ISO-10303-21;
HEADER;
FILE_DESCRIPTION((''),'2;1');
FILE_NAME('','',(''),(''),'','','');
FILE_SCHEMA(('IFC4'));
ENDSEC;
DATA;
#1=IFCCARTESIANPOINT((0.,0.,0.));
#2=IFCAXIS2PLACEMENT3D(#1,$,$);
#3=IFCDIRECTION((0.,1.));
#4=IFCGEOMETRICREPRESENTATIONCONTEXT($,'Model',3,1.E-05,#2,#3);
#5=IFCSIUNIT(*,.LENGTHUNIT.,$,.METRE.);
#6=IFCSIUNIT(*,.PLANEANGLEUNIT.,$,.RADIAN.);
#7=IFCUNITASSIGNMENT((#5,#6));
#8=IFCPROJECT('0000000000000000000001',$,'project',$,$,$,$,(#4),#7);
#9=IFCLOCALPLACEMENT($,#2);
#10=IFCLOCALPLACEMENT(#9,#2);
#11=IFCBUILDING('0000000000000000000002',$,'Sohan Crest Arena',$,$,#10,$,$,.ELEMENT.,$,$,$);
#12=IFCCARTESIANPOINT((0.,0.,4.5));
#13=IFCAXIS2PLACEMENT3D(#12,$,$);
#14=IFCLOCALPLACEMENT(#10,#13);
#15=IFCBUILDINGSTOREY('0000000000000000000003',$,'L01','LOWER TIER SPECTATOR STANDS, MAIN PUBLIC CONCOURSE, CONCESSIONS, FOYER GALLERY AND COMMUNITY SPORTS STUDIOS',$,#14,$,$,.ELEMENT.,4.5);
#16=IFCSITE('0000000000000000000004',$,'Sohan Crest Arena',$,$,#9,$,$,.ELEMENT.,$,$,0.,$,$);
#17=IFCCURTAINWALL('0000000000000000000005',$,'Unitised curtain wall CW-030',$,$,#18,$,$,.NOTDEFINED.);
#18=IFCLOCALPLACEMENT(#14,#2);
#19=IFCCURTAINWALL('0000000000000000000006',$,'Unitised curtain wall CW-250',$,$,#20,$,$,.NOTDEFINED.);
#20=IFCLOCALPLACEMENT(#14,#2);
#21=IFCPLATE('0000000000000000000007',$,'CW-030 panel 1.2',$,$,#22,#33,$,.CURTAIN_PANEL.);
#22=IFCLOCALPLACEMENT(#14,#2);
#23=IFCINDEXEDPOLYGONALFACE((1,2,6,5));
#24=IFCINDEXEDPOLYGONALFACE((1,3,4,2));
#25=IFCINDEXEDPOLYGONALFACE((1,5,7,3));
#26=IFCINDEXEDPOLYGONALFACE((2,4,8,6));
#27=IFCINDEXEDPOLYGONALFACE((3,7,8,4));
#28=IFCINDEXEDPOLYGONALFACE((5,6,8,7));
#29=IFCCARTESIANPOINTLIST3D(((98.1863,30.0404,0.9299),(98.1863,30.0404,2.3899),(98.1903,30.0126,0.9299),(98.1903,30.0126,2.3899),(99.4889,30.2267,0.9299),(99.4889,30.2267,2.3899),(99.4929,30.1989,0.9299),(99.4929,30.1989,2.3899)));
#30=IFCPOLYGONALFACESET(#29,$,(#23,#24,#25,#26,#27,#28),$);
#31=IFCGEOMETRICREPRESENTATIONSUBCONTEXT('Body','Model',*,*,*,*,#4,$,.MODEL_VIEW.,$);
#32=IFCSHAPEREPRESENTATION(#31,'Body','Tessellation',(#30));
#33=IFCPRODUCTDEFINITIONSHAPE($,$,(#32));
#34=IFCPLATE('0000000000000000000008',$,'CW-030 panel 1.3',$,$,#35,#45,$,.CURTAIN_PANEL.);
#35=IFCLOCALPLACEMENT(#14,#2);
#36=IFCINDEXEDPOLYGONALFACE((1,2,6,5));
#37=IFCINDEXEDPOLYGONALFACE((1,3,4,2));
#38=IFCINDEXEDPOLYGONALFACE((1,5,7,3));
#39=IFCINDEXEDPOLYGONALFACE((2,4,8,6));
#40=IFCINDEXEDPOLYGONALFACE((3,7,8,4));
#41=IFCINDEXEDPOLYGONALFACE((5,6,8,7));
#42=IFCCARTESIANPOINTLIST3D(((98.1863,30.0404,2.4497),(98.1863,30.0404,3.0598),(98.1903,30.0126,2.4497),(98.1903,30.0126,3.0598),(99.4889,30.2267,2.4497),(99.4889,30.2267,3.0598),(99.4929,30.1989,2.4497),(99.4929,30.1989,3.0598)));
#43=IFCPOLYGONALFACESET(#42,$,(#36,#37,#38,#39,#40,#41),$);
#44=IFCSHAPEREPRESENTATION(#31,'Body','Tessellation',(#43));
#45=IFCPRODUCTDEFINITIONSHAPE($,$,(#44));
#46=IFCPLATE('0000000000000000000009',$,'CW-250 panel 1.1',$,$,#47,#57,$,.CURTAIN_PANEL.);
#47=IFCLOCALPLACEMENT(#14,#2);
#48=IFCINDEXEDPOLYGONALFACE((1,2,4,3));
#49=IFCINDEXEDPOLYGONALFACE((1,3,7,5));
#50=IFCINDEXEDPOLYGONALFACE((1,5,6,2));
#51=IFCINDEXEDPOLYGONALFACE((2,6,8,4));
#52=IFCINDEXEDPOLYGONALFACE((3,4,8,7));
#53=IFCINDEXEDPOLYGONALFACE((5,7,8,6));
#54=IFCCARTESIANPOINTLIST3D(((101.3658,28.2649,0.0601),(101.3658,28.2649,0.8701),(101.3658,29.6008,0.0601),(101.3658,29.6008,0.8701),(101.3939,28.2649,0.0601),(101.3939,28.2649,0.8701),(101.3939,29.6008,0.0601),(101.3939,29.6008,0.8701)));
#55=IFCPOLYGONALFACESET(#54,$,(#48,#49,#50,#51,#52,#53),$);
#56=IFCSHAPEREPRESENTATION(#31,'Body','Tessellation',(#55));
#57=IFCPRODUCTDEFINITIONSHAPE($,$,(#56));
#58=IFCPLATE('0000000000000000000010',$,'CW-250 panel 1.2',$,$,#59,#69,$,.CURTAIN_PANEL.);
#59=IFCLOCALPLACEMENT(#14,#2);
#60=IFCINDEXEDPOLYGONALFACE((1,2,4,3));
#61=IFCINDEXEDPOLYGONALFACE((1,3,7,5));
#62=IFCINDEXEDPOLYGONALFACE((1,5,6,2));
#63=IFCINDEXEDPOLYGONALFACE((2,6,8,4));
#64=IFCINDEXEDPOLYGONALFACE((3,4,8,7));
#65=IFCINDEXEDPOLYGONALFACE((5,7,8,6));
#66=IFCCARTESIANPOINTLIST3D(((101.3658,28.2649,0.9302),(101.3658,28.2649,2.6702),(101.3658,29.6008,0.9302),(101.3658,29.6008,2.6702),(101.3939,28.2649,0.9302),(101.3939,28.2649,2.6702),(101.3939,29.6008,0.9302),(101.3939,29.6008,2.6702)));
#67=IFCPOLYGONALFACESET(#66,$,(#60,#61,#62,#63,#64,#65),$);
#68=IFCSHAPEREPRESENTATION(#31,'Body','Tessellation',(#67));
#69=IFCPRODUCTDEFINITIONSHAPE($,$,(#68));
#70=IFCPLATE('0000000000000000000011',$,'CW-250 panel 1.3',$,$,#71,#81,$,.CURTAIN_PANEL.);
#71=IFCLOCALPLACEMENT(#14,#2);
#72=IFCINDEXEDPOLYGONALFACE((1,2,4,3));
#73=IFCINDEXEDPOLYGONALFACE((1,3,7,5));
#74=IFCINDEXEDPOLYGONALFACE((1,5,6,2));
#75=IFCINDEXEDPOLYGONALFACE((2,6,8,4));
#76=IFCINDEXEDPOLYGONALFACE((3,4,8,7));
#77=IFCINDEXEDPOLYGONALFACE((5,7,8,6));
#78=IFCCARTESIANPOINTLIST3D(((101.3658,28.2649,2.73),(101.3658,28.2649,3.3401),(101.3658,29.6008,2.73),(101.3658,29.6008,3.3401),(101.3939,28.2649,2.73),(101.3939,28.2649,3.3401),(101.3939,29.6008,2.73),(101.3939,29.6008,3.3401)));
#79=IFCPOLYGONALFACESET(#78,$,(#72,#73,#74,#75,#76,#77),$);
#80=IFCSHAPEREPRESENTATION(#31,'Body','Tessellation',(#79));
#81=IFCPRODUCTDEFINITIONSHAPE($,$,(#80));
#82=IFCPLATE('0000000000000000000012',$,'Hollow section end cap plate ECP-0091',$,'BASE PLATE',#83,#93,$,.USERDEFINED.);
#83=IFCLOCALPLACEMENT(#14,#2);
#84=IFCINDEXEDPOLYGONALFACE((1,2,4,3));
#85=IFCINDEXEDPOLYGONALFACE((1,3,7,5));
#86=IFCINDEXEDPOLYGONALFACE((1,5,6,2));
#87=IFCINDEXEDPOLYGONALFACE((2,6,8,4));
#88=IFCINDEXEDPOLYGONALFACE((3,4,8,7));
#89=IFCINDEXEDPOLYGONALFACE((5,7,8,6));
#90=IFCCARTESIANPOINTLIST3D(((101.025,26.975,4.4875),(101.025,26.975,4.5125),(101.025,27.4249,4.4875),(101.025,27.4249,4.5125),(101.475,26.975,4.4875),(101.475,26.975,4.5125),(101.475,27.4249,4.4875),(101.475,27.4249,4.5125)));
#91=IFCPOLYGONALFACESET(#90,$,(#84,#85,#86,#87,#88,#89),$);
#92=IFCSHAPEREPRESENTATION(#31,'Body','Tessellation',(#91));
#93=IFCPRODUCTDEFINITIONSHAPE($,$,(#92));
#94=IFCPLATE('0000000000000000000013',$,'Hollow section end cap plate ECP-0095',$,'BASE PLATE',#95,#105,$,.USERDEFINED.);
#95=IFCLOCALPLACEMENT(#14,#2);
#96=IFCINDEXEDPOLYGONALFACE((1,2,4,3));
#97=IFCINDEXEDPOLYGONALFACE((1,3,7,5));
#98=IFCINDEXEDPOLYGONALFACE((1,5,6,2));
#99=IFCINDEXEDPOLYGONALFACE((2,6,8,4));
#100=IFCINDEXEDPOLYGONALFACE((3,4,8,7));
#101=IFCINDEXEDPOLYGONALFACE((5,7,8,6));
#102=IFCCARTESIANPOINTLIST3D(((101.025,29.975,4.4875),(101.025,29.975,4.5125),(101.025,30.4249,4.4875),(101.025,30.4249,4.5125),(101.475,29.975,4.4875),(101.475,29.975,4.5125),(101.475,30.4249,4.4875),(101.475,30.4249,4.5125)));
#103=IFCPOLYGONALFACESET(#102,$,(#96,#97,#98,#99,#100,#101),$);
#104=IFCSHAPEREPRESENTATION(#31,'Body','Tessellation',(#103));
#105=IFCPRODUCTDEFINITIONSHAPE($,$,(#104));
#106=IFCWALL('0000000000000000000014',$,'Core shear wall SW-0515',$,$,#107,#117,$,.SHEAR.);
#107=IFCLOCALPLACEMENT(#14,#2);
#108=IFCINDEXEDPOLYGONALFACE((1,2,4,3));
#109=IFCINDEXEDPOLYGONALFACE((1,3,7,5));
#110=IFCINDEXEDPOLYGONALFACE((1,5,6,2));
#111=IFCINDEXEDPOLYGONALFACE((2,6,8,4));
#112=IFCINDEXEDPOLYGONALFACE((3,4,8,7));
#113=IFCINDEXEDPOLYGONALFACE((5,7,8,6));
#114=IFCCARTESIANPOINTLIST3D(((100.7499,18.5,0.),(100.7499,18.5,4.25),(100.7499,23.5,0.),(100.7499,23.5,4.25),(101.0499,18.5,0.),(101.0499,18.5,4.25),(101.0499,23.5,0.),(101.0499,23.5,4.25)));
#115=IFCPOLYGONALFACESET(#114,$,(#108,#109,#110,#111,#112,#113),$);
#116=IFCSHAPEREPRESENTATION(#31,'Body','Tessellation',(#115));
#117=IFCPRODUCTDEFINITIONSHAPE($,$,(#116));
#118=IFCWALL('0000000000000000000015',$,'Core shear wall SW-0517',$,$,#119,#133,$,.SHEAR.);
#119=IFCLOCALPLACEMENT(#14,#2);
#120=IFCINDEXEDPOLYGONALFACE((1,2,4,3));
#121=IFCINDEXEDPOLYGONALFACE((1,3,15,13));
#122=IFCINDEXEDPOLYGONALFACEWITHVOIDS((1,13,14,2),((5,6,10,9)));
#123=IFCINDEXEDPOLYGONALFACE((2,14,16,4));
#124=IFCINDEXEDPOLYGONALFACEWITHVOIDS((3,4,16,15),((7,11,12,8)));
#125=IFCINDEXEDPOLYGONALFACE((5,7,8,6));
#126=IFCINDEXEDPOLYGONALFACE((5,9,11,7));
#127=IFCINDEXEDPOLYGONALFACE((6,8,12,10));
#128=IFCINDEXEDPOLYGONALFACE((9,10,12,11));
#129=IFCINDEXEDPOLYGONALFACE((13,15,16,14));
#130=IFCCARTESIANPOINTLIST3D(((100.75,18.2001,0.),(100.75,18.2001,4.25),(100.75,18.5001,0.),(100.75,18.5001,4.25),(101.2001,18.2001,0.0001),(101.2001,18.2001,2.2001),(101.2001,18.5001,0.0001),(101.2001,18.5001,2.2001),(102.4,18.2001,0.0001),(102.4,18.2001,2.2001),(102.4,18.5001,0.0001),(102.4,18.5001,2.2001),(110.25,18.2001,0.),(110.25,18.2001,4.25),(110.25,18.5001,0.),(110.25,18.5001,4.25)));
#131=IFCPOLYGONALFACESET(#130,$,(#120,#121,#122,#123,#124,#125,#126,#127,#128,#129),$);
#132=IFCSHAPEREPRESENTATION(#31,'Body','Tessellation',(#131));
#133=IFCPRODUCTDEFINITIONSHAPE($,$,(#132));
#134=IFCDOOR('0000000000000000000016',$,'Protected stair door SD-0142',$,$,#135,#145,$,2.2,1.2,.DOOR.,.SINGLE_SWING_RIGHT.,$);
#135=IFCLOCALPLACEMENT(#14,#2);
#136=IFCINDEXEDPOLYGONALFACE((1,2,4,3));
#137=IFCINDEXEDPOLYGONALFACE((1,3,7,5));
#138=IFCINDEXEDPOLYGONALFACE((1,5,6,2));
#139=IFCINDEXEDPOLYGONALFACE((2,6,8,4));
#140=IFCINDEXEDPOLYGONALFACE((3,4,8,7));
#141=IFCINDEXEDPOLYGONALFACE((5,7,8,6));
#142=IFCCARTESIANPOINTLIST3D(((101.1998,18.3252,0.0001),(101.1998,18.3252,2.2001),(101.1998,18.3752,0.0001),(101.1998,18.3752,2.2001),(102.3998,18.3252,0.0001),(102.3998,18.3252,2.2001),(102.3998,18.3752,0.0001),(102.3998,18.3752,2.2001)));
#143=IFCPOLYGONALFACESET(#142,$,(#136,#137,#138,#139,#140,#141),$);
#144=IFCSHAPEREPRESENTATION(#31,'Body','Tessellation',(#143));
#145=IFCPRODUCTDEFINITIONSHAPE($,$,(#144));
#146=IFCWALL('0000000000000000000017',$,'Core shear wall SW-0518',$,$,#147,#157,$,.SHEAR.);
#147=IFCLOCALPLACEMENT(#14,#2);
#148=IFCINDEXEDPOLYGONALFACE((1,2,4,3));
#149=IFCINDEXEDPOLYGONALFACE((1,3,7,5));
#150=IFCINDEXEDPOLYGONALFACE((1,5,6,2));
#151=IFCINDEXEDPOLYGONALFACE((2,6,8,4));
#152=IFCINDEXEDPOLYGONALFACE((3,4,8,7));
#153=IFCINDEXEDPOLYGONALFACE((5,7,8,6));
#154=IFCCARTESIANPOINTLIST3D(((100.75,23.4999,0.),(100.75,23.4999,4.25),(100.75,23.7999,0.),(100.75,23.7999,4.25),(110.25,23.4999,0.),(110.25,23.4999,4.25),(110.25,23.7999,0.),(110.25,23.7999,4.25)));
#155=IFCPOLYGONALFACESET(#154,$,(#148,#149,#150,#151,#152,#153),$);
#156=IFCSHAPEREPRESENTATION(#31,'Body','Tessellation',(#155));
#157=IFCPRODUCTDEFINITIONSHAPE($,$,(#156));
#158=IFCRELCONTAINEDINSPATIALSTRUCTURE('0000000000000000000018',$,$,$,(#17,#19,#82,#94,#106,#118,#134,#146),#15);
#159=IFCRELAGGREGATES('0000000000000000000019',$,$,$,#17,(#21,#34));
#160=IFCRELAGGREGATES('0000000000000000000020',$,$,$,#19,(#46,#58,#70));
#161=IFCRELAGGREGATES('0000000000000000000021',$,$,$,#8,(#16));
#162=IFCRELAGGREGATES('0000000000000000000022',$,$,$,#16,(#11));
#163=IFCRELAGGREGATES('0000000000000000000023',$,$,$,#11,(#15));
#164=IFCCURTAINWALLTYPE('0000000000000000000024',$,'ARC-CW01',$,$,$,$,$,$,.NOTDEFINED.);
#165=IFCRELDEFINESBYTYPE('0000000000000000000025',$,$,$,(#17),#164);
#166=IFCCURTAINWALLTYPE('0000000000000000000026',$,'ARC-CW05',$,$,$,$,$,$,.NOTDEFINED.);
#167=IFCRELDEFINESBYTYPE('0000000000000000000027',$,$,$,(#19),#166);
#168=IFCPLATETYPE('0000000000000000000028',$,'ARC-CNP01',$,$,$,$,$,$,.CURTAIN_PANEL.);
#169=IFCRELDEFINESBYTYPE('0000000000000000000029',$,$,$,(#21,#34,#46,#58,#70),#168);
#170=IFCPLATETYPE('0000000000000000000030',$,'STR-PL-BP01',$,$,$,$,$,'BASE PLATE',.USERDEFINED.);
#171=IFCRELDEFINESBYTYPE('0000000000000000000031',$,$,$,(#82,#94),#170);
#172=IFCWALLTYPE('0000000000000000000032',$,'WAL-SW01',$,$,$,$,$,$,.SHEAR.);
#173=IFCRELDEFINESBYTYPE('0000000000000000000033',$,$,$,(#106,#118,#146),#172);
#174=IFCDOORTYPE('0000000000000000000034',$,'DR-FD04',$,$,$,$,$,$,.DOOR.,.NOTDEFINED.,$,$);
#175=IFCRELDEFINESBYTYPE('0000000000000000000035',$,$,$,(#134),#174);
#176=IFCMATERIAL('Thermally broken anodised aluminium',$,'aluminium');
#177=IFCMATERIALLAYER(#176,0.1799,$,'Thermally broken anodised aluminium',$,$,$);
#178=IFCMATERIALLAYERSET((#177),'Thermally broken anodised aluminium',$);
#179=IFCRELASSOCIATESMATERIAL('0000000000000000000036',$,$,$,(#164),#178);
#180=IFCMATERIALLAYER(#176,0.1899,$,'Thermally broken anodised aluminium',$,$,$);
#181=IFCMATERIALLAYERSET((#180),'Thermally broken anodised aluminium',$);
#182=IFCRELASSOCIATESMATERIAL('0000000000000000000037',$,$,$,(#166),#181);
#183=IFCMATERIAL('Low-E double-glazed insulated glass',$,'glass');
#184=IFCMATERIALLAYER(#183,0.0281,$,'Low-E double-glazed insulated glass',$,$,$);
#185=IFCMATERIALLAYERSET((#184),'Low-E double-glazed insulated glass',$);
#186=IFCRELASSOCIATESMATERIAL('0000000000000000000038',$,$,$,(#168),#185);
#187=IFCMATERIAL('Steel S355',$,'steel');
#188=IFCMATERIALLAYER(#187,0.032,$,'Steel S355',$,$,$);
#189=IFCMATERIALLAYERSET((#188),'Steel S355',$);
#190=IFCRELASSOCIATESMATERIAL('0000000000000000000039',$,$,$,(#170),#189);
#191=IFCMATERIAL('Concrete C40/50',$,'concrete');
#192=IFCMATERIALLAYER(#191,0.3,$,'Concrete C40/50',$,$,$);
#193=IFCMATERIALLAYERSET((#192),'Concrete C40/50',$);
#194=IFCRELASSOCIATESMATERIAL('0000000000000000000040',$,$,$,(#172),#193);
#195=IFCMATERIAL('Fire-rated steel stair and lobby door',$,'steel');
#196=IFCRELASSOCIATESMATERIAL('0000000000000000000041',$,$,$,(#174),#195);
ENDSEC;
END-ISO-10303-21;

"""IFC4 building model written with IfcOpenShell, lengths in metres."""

from ifc_helpers import new_model, si_unit, direction, frame, frame_2d, origin, origin_2d, place, context, subcontext, project, spatial, rectangle, extrude, material, layer, layer_set, type_object, element, fill, aggregate, save


model = new_model("IFC4")

# Units and contexts
model_context = context("Model", 3, precision=1e-05, world=origin(), true_north=direction((0.0, 1.0)))
body_context = subcontext(model_context, "Body", "Model", "MODEL_VIEW")
ifc_project = project(units=[si_unit("LENGTHUNIT", "METRE"), si_unit("PLANEANGLEUNIT", "RADIAN")], contexts=[model_context])

# Site, building, storey
site_placement = place(None, origin())
site = spatial("IfcSite", under=ifc_project, at=site_placement, Name="Sohan Crest Arena", CompositionType="ELEMENT", RefElevation=0.0)
building_placement = place(site_placement, origin())
building = spatial("IfcBuilding", under=site, at=building_placement, Name="Sohan Crest Arena", CompositionType="ELEMENT")
storey_placement = place(building_placement, frame((0.0, 0.0, 4.5)))
storey = spatial("IfcBuildingStorey", under=building, at=storey_placement, Name="L01", Description="LOWER TIER SPECTATOR STANDS, MAIN PUBLIC CONCOURSE, CONCESSIONS, FOYER GALLERY AND COMMUNITY SPORTS STUDIOS", CompositionType="ELEMENT", Elevation=4.5)

# Shared definitions
ifc_material_1 = material(Name="Steel S355", Category="steel")

# Curtain walls
ifc_material_2 = material(Name="Thermally broken anodised aluminium", Category="aluminium")
ifc_layer_1 = layer(ifc_material_2, 0.1799, Name="Thermally broken anodised aluminium")
ifc_layer_set_1 = layer_set([ifc_layer_1], Name="Thermally broken anodised aluminium")
curtain_wall_type_1 = type_object("IfcCurtainWallType", Name="ARC-CW01", PredefinedType="NOTDEFINED", material=ifc_layer_set_1)
curtain_wall_1_placement = place(storey_placement, origin())
curtain_wall_1 = element("IfcCurtainWall", 1, at=curtain_wall_1_placement, inside=storey, type_object=curtain_wall_type_1, Name="Unitised curtain wall CW-030", PredefinedType="NOTDEFINED")
ifc_layer_2 = layer(ifc_material_2, 0.1899, Name="Thermally broken anodised aluminium")
ifc_layer_set_2 = layer_set([ifc_layer_2], Name="Thermally broken anodised aluminium")
curtain_wall_type_2 = type_object("IfcCurtainWallType", Name="ARC-CW05", PredefinedType="NOTDEFINED", material=ifc_layer_set_2)
curtain_wall_2_placement = place(storey_placement, origin())
curtain_wall_2 = element("IfcCurtainWall", 2, at=curtain_wall_2_placement, inside=storey, type_object=curtain_wall_type_2, Name="Unitised curtain wall CW-250", PredefinedType="NOTDEFINED")

# Plates
ifc_material_3 = material(Name="Low-E double-glazed insulated glass", Category="glass")
ifc_layer_3 = layer(ifc_material_3, 0.0281, Name="Low-E double-glazed insulated glass")
ifc_layer_set_3 = layer_set([ifc_layer_3], Name="Low-E double-glazed insulated glass")
plate_type_1 = type_object("IfcPlateType", Name="ARC-CNP01", PredefinedType="CURTAIN_PANEL", material=ifc_layer_set_3)
plate_1_placement = place(storey_placement, frame((98.8396, 30.1196, 0.9299), z_axis=(0.0, 0.0, 1.0), x_axis=(0.989931, 0.141549, 0.0)))
plate_1 = element("IfcPlate", 3, at=plate_1_placement, type_object=plate_type_1, Name="CW-030 panel 1.2", PredefinedType="CURTAIN_PANEL", context=body_context, shape_type="SweptSolid", body=[
    extrude(rectangle(XDim=1.3159, YDim=0.0281, at=origin_2d()), origin(), (0.0, 0.0, 1.0), 1.46),
])
plate_2_placement = place(storey_placement, frame((98.8396, 30.1196, 2.4497), z_axis=(0.0, 0.0, 1.0), x_axis=(0.989931, 0.141549, 0.0)))
plate_2 = element("IfcPlate", 4, at=plate_2_placement, type_object=plate_type_1, Name="CW-030 panel 1.3", PredefinedType="CURTAIN_PANEL", context=body_context, shape_type="SweptSolid", body=[
    extrude(rectangle(XDim=1.3159, YDim=0.0281, at=origin_2d()), origin(), (0.0, 0.0, 1.0), 0.6101),
])
aggregate(curtain_wall_1, [plate_1, plate_2])
plate_3_placement = place(storey_placement, frame((101.3799, 28.9329, 0.0601), z_axis=(0.0, 0.0, 1.0), x_axis=(0.0, 1.0, 0.0)))
plate_3 = element("IfcPlate", 5, at=plate_3_placement, type_object=plate_type_1, Name="CW-250 panel 1.1", PredefinedType="CURTAIN_PANEL", context=body_context, shape_type="SweptSolid", body=[
    extrude(rectangle(XDim=1.3359, YDim=0.0281, at=origin_2d()), origin(), (0.0, 0.0, 1.0), 0.8101),
])
plate_4_placement = place(storey_placement, frame((101.3799, 28.9329, 0.9302), z_axis=(0.0, 0.0, 1.0), x_axis=(0.0, 1.0, 0.0)))
plate_4 = element("IfcPlate", 6, at=plate_4_placement, type_object=plate_type_1, Name="CW-250 panel 1.2", PredefinedType="CURTAIN_PANEL", context=body_context, shape_type="SweptSolid", body=[
    extrude(rectangle(XDim=1.3359, YDim=0.0281, at=origin_2d()), origin(), (0.0, 0.0, 1.0), 1.74),
])
plate_5_placement = place(storey_placement, frame((101.3799, 28.9329, 2.73), z_axis=(0.0, 0.0, 1.0), x_axis=(0.0, 1.0, 0.0)))
plate_5 = element("IfcPlate", 7, at=plate_5_placement, type_object=plate_type_1, Name="CW-250 panel 1.3", PredefinedType="CURTAIN_PANEL", context=body_context, shape_type="SweptSolid", body=[
    extrude(rectangle(XDim=1.3359, YDim=0.0281, at=origin_2d()), origin(), (0.0, 0.0, 1.0), 0.6101),
])
aggregate(curtain_wall_2, [plate_3, plate_4, plate_5])

# Plates
ifc_layer_4 = layer(ifc_material_1, 0.032, Name="Steel S355")
ifc_layer_set_4 = layer_set([ifc_layer_4], Name="Steel S355")
plate_type_2 = type_object("IfcPlateType", Name="STR-PL-BP01", ElementType="BASE PLATE", PredefinedType="USERDEFINED", material=ifc_layer_set_4)
for number, where, z_axis, x_axis, name in (
    (8, (101.25, 27.2, 4.4875), (0.0, 0.0, 1.0), (1.0, 0.0, 0.0), "Hollow section end cap plate ECP-0091"),
    (9, (101.25, 30.2, 4.4875), (0.0, 0.0, 1.0), (1.0, 0.0, 0.0), "Hollow section end cap plate ECP-0095"),
):
    element("IfcPlate", number, at=place(storey_placement, frame(where, z_axis=z_axis, x_axis=x_axis)), inside=storey, type_object=plate_type_2, Name=name, ObjectType="BASE PLATE", PredefinedType="USERDEFINED", context=body_context, shape_type="SweptSolid", body=[
        extrude(rectangle(XDim=0.45, YDim=0.45, at=origin_2d()), origin(), (0.0, 0.0, 1.0), 0.0249),
    ])

# Wall
ifc_material_4 = material(Name="Concrete C40/50", Category="concrete")
ifc_layer_5 = layer(ifc_material_4, 0.3, Name="Concrete C40/50")
ifc_layer_set_5 = layer_set([ifc_layer_5], Name="Concrete C40/50")
wall_type = type_object("IfcWallType", Name="WAL-SW01", PredefinedType="SHEAR", material=ifc_layer_set_5)
wall_1_placement = place(storey_placement, frame((100.8999, 18.5, 0.0), z_axis=(0.0, 0.0, 1.0), x_axis=(0.0, 1.0, 0.0)))
element("IfcWall", 10, at=wall_1_placement, inside=storey, type_object=wall_type, Name="Core shear wall SW-0515", PredefinedType="SHEAR", context=body_context, shape_type="SweptSolid", body=[
    extrude(rectangle(XDim=5.0, YDim=0.3, at=frame_2d((2.5, 0.0))), origin(), (0.0, 0.0, 1.0), 4.25),
])

# Wall, opening, door
wall_2_placement = place(storey_placement, frame((100.75, 18.3501, 0.0), z_axis=(0.0, 0.0, 1.0), x_axis=(1.0, 0.0, 0.0)))
wall_2 = element("IfcWall", 11, at=wall_2_placement, inside=storey, type_object=wall_type, Name="Core shear wall SW-0517", PredefinedType="SHEAR", context=body_context, shape_type="SweptSolid", body=[
    extrude(rectangle(XDim=9.5, YDim=0.3, at=frame_2d((4.75, 0.0))), origin(), (0.0, 0.0, 1.0), 4.25),
])
opening_placement = place(wall_2_placement, frame((0.45, 0.0, 0.0)))
opening = element("IfcOpeningElement", 12, at=opening_placement, cuts=wall_2, PredefinedType="OPENING", context=body_context, shape_type="SweptSolid", body=[
    extrude(rectangle(XDim=1.2, YDim=2.2, at=frame_2d((0.6001, 1.1001))), frame((0.0, 0.1599, 0.0), z_axis=(0.0, -1.0, 0.0), x_axis=(1.0, 0.0, 0.0)), (0.0, 0.0, 1.0), 0.3201),
])
ifc_material_5 = material(Name="Fire-rated steel stair and lobby door", Category="steel")
door_type = type_object("IfcDoorType", Name="DR-FD04", OperationType="NOTDEFINED", PredefinedType="DOOR", material=ifc_material_5)
door_placement = place(opening_placement, frame((1.2, 0.0, 0.0), z_axis=(0.0, 0.0, 1.0), x_axis=(-1.0, 0.0, 0.0)))
door = element("IfcDoor", 13, at=door_placement, inside=storey, type_object=door_type, Name="Protected stair door SD-0142", OperationType="SINGLE_SWING_RIGHT", OverallHeight=2.2, OverallWidth=1.2, PredefinedType="DOOR", context=body_context, shape_type="SweptSolid", body=[
    extrude(rectangle(XDim=1.2, YDim=2.2, at=frame_2d((0.6001, 1.1001))), frame((0.0, 0.0249, 0.0), z_axis=(0.0, -1.0, 0.0), x_axis=(1.0, 0.0, 0.0)), (0.0, 0.0, 1.0), 0.05),
])
fill(opening, door)

# Wall
wall_3_placement = place(storey_placement, frame((100.75, 23.6499, 0.0), z_axis=(0.0, 0.0, 1.0), x_axis=(1.0, 0.0, 0.0)))
element("IfcWall", 14, at=wall_3_placement, inside=storey, type_object=wall_type, Name="Core shear wall SW-0518", PredefinedType="SHEAR", context=body_context, shape_type="SweptSolid", body=[
    extrude(rectangle(XDim=9.5, YDim=0.3, at=frame_2d((4.75, 0.0))), origin(), (0.0, 0.0, 1.0), 4.25),
])

save(model, "model.ifc")
